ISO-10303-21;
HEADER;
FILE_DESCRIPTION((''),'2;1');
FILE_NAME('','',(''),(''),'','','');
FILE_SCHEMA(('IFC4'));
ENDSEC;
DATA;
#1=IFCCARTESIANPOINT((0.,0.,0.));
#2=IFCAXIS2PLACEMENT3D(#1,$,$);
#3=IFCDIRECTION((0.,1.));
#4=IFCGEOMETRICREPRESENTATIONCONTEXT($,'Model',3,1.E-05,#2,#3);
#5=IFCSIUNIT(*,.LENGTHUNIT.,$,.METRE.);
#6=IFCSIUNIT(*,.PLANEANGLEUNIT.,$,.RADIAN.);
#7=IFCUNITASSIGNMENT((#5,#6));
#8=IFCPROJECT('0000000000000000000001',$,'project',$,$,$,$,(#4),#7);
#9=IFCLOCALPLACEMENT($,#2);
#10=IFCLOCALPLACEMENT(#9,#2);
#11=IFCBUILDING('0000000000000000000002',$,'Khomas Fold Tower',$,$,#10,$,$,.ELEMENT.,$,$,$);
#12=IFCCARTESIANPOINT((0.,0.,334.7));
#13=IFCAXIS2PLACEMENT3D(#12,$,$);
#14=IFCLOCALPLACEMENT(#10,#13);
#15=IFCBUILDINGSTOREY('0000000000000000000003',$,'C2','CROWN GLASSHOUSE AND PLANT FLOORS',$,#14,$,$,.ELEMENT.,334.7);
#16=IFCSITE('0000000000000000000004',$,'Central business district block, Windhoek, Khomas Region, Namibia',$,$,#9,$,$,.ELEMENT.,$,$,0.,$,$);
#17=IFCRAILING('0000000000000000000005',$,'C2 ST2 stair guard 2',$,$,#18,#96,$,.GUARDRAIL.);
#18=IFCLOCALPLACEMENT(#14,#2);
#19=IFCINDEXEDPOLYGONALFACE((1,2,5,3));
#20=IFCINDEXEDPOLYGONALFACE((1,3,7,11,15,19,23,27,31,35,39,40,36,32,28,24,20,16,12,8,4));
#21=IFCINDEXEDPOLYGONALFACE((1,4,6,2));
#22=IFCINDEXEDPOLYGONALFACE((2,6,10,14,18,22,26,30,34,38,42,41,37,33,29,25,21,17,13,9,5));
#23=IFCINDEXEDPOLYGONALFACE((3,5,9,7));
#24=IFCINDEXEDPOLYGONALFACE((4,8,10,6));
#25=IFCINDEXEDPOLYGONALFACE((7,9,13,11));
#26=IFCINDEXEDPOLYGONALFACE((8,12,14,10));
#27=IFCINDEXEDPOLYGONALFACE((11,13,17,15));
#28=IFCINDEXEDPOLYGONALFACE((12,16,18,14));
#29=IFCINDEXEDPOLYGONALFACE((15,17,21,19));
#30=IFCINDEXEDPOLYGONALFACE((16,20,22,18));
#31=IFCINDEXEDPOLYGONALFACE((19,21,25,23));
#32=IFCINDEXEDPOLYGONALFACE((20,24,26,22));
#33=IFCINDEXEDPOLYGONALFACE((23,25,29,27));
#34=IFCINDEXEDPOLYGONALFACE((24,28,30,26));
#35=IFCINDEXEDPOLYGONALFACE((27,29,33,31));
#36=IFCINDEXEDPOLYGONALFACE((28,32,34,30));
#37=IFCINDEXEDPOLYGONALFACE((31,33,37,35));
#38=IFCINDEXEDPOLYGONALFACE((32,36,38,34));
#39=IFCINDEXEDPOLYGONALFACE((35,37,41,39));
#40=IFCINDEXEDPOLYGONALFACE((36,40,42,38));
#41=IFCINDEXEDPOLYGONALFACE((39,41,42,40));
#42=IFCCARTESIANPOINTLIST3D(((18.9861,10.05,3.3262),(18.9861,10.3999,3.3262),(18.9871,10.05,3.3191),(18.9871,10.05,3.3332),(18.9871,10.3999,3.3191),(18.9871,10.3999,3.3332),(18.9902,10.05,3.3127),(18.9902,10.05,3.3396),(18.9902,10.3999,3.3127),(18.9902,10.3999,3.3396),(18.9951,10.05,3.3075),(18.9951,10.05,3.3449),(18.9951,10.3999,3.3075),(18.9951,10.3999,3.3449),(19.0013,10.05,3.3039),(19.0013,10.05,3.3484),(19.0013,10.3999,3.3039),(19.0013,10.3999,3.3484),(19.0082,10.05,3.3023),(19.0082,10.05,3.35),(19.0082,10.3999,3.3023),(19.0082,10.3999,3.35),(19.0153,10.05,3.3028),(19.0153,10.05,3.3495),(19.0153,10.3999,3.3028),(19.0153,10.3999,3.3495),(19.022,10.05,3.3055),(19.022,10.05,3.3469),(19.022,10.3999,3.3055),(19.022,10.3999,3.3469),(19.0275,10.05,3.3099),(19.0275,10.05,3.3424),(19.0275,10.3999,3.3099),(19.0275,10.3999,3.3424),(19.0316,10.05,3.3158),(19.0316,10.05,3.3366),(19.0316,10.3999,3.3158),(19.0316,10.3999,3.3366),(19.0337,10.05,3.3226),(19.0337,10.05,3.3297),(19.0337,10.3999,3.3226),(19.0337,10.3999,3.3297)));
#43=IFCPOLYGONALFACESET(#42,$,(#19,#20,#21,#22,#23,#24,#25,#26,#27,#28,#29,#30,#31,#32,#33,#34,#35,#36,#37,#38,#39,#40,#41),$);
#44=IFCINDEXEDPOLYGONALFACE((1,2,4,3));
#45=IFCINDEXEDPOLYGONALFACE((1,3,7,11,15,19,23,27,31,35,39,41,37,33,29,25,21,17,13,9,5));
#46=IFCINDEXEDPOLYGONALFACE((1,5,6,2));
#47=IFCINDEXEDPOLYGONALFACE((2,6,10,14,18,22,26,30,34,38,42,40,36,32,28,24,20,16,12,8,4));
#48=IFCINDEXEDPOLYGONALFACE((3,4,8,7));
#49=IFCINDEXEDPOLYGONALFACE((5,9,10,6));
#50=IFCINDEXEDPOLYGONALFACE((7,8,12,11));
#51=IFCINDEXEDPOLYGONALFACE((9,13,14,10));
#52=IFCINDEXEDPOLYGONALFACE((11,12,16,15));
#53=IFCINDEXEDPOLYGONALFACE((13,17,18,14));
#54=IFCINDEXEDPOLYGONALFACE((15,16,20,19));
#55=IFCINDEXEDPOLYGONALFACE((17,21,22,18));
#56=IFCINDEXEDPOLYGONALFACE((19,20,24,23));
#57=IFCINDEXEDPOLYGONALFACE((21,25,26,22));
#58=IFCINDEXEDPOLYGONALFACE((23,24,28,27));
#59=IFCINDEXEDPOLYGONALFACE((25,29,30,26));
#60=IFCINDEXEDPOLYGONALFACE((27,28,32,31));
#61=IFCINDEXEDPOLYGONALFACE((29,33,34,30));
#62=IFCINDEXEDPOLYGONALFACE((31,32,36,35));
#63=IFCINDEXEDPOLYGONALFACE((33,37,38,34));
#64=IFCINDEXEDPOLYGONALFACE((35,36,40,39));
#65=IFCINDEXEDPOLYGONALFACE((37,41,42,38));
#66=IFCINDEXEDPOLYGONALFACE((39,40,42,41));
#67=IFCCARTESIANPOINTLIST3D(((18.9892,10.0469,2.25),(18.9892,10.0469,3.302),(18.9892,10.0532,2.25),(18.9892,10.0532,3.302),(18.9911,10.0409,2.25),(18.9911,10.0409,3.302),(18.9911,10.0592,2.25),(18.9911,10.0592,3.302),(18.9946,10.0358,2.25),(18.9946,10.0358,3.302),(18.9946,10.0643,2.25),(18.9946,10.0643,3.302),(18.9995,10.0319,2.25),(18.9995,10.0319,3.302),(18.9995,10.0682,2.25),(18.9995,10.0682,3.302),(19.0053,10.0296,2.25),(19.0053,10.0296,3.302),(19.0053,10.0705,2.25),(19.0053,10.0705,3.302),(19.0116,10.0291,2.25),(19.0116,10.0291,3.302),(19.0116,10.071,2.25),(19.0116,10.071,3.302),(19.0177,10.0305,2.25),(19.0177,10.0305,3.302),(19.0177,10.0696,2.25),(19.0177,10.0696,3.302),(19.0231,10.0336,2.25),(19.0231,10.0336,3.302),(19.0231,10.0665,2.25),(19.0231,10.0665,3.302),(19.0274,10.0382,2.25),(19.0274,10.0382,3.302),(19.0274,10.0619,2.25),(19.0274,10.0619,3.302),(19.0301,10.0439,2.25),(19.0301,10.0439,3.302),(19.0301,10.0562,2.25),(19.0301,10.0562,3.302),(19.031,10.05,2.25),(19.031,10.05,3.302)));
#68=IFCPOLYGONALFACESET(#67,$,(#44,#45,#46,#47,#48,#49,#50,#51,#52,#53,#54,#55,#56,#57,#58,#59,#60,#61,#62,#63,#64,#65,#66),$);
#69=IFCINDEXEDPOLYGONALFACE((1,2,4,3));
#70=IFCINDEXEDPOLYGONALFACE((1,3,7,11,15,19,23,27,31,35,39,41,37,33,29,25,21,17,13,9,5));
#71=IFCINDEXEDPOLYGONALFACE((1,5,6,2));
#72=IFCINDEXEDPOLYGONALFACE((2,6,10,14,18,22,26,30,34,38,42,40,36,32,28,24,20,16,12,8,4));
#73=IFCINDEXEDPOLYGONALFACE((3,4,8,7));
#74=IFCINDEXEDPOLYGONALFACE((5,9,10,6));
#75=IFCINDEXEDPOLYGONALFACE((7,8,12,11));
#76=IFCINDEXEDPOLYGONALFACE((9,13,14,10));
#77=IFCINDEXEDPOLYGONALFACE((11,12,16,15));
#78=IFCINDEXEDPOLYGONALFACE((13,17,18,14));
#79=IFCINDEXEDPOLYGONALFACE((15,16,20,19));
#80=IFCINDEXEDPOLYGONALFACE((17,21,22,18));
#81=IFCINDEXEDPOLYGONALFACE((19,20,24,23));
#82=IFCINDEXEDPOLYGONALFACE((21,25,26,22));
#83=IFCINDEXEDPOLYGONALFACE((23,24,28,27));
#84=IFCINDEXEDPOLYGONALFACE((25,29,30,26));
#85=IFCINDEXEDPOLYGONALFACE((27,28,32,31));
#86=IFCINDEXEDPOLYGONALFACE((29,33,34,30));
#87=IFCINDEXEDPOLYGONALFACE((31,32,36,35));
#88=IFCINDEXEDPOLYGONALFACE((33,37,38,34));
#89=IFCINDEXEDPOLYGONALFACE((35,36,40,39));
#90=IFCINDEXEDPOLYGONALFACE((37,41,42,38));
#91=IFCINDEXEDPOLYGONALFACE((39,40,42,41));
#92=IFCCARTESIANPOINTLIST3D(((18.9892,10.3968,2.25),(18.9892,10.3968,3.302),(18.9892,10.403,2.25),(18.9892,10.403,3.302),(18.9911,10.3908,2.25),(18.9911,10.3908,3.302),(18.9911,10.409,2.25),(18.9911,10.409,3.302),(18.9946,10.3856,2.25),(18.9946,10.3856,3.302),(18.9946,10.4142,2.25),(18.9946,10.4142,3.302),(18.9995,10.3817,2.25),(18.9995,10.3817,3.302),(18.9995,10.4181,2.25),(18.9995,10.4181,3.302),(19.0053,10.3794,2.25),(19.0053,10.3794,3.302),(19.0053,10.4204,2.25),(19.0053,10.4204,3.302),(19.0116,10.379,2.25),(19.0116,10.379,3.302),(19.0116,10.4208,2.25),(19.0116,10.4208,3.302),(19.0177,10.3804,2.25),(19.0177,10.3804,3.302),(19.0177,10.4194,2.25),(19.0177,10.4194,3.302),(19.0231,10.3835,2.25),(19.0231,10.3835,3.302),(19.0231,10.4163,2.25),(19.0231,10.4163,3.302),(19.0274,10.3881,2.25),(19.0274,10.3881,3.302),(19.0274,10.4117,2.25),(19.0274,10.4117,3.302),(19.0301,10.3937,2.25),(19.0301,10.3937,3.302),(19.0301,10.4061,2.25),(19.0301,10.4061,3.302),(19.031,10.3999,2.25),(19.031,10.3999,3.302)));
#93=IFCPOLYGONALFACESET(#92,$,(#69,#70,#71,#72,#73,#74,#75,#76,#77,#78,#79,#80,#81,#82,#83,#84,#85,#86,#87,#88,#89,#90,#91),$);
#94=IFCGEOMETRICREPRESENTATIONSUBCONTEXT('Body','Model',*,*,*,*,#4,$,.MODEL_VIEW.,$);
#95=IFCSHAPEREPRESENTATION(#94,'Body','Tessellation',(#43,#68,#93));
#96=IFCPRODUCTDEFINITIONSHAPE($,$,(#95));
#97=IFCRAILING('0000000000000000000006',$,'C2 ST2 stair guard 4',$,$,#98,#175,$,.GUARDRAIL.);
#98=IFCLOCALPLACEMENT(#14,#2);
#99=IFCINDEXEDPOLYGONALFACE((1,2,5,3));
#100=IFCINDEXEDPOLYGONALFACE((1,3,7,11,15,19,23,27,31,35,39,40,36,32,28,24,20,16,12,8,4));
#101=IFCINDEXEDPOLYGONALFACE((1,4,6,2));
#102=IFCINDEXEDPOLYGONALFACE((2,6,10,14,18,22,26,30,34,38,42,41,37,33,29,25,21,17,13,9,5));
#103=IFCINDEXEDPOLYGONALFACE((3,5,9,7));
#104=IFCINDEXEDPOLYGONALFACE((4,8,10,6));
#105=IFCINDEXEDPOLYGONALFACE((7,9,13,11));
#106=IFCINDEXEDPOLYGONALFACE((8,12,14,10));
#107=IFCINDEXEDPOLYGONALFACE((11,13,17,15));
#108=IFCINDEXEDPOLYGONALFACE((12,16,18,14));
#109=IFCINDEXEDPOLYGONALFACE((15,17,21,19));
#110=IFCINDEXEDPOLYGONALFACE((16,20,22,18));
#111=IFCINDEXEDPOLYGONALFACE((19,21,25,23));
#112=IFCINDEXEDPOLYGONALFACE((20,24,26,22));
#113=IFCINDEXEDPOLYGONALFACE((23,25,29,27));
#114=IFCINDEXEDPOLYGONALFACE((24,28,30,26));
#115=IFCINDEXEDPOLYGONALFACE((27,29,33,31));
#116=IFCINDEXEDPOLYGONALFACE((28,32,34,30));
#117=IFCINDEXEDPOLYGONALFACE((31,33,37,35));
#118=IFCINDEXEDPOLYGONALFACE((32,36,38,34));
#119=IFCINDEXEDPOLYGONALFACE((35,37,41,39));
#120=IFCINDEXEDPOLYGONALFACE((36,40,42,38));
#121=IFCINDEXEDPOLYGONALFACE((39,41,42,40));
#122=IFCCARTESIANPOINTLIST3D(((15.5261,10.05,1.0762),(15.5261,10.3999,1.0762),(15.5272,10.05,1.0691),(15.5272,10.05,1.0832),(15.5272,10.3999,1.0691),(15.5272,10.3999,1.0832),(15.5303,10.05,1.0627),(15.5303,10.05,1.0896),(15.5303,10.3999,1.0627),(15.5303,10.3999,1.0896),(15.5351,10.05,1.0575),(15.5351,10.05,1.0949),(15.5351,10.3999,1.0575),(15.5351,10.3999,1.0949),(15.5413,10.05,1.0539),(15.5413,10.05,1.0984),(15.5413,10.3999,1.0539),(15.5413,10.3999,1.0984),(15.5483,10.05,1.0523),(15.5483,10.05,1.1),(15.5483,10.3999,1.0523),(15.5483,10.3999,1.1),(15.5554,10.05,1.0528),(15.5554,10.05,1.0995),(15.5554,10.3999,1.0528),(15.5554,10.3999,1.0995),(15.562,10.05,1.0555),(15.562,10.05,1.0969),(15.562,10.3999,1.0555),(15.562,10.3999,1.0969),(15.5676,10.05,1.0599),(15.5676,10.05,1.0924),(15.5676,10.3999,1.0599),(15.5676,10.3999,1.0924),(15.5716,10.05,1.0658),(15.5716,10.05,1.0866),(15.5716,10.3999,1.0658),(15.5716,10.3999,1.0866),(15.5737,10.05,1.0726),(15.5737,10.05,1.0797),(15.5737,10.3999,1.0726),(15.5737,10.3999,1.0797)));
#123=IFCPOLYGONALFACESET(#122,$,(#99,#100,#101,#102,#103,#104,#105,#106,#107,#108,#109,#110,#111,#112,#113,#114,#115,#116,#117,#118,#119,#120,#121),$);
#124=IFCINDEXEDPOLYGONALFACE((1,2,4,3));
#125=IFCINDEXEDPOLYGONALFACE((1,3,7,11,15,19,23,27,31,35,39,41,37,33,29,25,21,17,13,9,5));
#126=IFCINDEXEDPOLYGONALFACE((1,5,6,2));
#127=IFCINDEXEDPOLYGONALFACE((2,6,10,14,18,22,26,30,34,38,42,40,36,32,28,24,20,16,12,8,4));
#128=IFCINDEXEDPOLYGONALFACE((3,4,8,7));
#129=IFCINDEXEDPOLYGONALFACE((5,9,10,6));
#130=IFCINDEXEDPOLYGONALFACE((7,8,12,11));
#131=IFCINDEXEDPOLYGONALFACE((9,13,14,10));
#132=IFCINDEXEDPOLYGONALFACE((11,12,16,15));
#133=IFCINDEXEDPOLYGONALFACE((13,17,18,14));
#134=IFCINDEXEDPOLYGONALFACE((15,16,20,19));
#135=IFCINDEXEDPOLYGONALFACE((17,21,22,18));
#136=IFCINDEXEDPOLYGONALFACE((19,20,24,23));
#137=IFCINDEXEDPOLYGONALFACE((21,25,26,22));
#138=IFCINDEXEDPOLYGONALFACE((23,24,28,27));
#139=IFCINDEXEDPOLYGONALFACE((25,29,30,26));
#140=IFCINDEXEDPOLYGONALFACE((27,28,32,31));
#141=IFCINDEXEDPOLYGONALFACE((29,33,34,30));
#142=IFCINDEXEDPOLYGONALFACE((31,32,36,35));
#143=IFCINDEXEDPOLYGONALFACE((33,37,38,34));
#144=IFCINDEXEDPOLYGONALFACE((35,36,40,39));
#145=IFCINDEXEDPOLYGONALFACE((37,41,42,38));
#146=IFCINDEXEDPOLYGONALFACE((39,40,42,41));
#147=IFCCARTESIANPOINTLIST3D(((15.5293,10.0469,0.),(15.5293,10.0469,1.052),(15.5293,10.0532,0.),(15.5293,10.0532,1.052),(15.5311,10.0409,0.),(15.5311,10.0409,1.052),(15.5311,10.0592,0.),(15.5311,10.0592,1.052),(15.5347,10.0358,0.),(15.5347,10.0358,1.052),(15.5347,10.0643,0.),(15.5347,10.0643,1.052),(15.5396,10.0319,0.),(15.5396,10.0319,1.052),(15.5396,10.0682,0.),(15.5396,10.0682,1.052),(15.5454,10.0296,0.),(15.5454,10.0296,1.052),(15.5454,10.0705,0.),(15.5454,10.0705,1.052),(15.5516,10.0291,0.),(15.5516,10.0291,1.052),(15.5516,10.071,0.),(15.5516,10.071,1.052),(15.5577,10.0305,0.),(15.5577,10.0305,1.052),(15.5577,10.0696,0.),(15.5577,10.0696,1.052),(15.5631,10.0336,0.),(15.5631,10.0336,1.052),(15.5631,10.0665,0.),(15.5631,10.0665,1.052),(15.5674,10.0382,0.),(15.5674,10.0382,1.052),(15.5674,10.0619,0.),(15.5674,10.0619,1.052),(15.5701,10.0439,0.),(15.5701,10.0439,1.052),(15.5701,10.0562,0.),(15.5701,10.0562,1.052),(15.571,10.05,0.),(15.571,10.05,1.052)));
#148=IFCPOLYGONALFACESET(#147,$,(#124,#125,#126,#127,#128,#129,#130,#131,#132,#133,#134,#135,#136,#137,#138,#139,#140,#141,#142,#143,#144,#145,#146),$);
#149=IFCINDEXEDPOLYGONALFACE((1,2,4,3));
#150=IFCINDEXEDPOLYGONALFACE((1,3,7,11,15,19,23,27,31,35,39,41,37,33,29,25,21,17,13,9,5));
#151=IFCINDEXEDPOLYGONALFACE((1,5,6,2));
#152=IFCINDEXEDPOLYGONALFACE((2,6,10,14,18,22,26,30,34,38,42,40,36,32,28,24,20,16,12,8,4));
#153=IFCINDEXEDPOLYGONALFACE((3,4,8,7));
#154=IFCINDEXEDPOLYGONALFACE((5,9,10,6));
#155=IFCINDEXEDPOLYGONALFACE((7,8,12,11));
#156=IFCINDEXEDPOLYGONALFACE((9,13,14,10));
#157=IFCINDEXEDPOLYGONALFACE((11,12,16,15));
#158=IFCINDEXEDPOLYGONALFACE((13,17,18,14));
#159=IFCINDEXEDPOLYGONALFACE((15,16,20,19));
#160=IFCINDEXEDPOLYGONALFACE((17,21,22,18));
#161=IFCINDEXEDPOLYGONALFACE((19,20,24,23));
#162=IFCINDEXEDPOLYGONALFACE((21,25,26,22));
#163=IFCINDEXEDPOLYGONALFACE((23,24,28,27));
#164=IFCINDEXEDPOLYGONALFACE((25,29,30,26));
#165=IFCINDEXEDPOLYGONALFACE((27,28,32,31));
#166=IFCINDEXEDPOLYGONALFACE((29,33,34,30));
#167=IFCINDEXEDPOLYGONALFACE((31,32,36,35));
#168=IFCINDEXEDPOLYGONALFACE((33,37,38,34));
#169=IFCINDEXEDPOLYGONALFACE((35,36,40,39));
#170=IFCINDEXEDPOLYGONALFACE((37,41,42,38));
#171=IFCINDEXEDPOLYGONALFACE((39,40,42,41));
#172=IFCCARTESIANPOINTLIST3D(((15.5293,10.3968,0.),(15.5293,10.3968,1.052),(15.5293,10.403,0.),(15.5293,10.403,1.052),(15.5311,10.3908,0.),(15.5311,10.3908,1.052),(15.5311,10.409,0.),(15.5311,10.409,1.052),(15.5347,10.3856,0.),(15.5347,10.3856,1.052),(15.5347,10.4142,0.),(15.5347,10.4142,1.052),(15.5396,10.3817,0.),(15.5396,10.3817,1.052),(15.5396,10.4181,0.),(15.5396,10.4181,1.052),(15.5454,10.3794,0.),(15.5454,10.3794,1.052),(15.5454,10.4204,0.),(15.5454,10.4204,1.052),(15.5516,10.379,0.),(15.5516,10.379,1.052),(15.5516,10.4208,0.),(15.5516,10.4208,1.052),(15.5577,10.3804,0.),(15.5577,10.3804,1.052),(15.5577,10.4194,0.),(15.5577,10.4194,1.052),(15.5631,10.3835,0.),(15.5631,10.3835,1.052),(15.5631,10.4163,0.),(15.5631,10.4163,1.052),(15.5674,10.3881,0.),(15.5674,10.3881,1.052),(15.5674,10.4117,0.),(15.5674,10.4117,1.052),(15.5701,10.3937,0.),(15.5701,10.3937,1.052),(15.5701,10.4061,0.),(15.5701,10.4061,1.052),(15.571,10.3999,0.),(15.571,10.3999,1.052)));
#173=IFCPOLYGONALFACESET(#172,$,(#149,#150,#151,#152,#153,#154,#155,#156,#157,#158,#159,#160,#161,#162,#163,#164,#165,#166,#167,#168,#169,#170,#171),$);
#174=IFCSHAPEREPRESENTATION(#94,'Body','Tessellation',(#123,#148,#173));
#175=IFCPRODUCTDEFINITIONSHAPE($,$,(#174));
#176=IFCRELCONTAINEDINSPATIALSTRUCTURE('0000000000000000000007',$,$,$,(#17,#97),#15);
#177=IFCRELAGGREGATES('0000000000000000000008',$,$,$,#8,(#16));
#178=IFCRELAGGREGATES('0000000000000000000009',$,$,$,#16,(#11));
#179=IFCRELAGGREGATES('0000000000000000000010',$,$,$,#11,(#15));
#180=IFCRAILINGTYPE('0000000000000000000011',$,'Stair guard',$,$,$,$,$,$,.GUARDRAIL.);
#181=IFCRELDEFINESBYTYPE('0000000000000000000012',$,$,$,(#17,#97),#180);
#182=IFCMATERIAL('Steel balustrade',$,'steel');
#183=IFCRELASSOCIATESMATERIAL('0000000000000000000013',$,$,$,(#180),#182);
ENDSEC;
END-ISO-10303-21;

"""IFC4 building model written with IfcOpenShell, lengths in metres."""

from ifc_helpers import new_model, si_unit, direction, frame, origin, origin_2d, place, context, subcontext, project, spatial, circle, extrude, source, transform, mapped, material, type_object, element, save


model = new_model("IFC4")

# Units and contexts
model_context = context("Model", 3, precision=1e-05, world=origin(), true_north=direction((0.0, 1.0)))
body_context = subcontext(model_context, "Body", "Model", "MODEL_VIEW")
ifc_project = project(units=[si_unit("LENGTHUNIT", "METRE"), si_unit("PLANEANGLEUNIT", "RADIAN")], contexts=[model_context])

# Site, building, storey
site_placement = place(None, origin())
site = spatial("IfcSite", under=ifc_project, at=site_placement, Name="Central business district block, Windhoek, Khomas Region, Namibia", CompositionType="ELEMENT", RefElevation=0.0)
building_placement = place(site_placement, origin())
building = spatial("IfcBuilding", under=site, at=building_placement, Name="Khomas Fold Tower", CompositionType="ELEMENT")
storey_placement = place(building_placement, frame((0.0, 0.0, 334.7)))
storey = spatial("IfcBuildingStorey", under=building, at=storey_placement, Name="C2", Description="CROWN GLASSHOUSE AND PLANT FLOORS", CompositionType="ELEMENT", Elevation=334.7)

# Railings
ifc_material_1 = material(Name="Steel balustrade", Category="steel")
railing_type_1 = type_object("IfcRailingType", Name="Stair guard", PredefinedType="GUARDRAIL", material=ifc_material_1)
shared_shape_1 = source(origin(), body_context, "Body", "SweptSolid", [
    extrude(circle(Radius=0.0239, at=origin_2d()), frame((0.0, 0.0, 1.0762), z_axis=(0.0, 1.0, 0.0), x_axis=(-1.0, 0.0, 0.0)), (0.0, 0.0, 1.0), 0.3499),
    extrude(circle(Radius=0.021, at=origin_2d()), origin(), (0.0, 0.0, 1.0), 1.052),
    extrude(circle(Radius=0.021, at=origin_2d()), frame((0.0, 0.3499, 0.0)), (0.0, 0.0, 1.0), 1.052),
])
for number, where, name in (
    (1, (19.01, 10.05, 2.25), "C2 ST2 stair guard 2"),
    (2, (15.55, 10.05, 0.0), "C2 ST2 stair guard 4"),
):
    element("IfcRailing", number, at=place(storey_placement, frame(where)), inside=storey, type_object=railing_type_1, Name=name, PredefinedType="GUARDRAIL", context=body_context, shape_type="MappedRepresentation", body=[
        mapped(shared_shape_1, transform((0.0, 0.0, 0.0))),
    ])

save(model, "model.ifc")
